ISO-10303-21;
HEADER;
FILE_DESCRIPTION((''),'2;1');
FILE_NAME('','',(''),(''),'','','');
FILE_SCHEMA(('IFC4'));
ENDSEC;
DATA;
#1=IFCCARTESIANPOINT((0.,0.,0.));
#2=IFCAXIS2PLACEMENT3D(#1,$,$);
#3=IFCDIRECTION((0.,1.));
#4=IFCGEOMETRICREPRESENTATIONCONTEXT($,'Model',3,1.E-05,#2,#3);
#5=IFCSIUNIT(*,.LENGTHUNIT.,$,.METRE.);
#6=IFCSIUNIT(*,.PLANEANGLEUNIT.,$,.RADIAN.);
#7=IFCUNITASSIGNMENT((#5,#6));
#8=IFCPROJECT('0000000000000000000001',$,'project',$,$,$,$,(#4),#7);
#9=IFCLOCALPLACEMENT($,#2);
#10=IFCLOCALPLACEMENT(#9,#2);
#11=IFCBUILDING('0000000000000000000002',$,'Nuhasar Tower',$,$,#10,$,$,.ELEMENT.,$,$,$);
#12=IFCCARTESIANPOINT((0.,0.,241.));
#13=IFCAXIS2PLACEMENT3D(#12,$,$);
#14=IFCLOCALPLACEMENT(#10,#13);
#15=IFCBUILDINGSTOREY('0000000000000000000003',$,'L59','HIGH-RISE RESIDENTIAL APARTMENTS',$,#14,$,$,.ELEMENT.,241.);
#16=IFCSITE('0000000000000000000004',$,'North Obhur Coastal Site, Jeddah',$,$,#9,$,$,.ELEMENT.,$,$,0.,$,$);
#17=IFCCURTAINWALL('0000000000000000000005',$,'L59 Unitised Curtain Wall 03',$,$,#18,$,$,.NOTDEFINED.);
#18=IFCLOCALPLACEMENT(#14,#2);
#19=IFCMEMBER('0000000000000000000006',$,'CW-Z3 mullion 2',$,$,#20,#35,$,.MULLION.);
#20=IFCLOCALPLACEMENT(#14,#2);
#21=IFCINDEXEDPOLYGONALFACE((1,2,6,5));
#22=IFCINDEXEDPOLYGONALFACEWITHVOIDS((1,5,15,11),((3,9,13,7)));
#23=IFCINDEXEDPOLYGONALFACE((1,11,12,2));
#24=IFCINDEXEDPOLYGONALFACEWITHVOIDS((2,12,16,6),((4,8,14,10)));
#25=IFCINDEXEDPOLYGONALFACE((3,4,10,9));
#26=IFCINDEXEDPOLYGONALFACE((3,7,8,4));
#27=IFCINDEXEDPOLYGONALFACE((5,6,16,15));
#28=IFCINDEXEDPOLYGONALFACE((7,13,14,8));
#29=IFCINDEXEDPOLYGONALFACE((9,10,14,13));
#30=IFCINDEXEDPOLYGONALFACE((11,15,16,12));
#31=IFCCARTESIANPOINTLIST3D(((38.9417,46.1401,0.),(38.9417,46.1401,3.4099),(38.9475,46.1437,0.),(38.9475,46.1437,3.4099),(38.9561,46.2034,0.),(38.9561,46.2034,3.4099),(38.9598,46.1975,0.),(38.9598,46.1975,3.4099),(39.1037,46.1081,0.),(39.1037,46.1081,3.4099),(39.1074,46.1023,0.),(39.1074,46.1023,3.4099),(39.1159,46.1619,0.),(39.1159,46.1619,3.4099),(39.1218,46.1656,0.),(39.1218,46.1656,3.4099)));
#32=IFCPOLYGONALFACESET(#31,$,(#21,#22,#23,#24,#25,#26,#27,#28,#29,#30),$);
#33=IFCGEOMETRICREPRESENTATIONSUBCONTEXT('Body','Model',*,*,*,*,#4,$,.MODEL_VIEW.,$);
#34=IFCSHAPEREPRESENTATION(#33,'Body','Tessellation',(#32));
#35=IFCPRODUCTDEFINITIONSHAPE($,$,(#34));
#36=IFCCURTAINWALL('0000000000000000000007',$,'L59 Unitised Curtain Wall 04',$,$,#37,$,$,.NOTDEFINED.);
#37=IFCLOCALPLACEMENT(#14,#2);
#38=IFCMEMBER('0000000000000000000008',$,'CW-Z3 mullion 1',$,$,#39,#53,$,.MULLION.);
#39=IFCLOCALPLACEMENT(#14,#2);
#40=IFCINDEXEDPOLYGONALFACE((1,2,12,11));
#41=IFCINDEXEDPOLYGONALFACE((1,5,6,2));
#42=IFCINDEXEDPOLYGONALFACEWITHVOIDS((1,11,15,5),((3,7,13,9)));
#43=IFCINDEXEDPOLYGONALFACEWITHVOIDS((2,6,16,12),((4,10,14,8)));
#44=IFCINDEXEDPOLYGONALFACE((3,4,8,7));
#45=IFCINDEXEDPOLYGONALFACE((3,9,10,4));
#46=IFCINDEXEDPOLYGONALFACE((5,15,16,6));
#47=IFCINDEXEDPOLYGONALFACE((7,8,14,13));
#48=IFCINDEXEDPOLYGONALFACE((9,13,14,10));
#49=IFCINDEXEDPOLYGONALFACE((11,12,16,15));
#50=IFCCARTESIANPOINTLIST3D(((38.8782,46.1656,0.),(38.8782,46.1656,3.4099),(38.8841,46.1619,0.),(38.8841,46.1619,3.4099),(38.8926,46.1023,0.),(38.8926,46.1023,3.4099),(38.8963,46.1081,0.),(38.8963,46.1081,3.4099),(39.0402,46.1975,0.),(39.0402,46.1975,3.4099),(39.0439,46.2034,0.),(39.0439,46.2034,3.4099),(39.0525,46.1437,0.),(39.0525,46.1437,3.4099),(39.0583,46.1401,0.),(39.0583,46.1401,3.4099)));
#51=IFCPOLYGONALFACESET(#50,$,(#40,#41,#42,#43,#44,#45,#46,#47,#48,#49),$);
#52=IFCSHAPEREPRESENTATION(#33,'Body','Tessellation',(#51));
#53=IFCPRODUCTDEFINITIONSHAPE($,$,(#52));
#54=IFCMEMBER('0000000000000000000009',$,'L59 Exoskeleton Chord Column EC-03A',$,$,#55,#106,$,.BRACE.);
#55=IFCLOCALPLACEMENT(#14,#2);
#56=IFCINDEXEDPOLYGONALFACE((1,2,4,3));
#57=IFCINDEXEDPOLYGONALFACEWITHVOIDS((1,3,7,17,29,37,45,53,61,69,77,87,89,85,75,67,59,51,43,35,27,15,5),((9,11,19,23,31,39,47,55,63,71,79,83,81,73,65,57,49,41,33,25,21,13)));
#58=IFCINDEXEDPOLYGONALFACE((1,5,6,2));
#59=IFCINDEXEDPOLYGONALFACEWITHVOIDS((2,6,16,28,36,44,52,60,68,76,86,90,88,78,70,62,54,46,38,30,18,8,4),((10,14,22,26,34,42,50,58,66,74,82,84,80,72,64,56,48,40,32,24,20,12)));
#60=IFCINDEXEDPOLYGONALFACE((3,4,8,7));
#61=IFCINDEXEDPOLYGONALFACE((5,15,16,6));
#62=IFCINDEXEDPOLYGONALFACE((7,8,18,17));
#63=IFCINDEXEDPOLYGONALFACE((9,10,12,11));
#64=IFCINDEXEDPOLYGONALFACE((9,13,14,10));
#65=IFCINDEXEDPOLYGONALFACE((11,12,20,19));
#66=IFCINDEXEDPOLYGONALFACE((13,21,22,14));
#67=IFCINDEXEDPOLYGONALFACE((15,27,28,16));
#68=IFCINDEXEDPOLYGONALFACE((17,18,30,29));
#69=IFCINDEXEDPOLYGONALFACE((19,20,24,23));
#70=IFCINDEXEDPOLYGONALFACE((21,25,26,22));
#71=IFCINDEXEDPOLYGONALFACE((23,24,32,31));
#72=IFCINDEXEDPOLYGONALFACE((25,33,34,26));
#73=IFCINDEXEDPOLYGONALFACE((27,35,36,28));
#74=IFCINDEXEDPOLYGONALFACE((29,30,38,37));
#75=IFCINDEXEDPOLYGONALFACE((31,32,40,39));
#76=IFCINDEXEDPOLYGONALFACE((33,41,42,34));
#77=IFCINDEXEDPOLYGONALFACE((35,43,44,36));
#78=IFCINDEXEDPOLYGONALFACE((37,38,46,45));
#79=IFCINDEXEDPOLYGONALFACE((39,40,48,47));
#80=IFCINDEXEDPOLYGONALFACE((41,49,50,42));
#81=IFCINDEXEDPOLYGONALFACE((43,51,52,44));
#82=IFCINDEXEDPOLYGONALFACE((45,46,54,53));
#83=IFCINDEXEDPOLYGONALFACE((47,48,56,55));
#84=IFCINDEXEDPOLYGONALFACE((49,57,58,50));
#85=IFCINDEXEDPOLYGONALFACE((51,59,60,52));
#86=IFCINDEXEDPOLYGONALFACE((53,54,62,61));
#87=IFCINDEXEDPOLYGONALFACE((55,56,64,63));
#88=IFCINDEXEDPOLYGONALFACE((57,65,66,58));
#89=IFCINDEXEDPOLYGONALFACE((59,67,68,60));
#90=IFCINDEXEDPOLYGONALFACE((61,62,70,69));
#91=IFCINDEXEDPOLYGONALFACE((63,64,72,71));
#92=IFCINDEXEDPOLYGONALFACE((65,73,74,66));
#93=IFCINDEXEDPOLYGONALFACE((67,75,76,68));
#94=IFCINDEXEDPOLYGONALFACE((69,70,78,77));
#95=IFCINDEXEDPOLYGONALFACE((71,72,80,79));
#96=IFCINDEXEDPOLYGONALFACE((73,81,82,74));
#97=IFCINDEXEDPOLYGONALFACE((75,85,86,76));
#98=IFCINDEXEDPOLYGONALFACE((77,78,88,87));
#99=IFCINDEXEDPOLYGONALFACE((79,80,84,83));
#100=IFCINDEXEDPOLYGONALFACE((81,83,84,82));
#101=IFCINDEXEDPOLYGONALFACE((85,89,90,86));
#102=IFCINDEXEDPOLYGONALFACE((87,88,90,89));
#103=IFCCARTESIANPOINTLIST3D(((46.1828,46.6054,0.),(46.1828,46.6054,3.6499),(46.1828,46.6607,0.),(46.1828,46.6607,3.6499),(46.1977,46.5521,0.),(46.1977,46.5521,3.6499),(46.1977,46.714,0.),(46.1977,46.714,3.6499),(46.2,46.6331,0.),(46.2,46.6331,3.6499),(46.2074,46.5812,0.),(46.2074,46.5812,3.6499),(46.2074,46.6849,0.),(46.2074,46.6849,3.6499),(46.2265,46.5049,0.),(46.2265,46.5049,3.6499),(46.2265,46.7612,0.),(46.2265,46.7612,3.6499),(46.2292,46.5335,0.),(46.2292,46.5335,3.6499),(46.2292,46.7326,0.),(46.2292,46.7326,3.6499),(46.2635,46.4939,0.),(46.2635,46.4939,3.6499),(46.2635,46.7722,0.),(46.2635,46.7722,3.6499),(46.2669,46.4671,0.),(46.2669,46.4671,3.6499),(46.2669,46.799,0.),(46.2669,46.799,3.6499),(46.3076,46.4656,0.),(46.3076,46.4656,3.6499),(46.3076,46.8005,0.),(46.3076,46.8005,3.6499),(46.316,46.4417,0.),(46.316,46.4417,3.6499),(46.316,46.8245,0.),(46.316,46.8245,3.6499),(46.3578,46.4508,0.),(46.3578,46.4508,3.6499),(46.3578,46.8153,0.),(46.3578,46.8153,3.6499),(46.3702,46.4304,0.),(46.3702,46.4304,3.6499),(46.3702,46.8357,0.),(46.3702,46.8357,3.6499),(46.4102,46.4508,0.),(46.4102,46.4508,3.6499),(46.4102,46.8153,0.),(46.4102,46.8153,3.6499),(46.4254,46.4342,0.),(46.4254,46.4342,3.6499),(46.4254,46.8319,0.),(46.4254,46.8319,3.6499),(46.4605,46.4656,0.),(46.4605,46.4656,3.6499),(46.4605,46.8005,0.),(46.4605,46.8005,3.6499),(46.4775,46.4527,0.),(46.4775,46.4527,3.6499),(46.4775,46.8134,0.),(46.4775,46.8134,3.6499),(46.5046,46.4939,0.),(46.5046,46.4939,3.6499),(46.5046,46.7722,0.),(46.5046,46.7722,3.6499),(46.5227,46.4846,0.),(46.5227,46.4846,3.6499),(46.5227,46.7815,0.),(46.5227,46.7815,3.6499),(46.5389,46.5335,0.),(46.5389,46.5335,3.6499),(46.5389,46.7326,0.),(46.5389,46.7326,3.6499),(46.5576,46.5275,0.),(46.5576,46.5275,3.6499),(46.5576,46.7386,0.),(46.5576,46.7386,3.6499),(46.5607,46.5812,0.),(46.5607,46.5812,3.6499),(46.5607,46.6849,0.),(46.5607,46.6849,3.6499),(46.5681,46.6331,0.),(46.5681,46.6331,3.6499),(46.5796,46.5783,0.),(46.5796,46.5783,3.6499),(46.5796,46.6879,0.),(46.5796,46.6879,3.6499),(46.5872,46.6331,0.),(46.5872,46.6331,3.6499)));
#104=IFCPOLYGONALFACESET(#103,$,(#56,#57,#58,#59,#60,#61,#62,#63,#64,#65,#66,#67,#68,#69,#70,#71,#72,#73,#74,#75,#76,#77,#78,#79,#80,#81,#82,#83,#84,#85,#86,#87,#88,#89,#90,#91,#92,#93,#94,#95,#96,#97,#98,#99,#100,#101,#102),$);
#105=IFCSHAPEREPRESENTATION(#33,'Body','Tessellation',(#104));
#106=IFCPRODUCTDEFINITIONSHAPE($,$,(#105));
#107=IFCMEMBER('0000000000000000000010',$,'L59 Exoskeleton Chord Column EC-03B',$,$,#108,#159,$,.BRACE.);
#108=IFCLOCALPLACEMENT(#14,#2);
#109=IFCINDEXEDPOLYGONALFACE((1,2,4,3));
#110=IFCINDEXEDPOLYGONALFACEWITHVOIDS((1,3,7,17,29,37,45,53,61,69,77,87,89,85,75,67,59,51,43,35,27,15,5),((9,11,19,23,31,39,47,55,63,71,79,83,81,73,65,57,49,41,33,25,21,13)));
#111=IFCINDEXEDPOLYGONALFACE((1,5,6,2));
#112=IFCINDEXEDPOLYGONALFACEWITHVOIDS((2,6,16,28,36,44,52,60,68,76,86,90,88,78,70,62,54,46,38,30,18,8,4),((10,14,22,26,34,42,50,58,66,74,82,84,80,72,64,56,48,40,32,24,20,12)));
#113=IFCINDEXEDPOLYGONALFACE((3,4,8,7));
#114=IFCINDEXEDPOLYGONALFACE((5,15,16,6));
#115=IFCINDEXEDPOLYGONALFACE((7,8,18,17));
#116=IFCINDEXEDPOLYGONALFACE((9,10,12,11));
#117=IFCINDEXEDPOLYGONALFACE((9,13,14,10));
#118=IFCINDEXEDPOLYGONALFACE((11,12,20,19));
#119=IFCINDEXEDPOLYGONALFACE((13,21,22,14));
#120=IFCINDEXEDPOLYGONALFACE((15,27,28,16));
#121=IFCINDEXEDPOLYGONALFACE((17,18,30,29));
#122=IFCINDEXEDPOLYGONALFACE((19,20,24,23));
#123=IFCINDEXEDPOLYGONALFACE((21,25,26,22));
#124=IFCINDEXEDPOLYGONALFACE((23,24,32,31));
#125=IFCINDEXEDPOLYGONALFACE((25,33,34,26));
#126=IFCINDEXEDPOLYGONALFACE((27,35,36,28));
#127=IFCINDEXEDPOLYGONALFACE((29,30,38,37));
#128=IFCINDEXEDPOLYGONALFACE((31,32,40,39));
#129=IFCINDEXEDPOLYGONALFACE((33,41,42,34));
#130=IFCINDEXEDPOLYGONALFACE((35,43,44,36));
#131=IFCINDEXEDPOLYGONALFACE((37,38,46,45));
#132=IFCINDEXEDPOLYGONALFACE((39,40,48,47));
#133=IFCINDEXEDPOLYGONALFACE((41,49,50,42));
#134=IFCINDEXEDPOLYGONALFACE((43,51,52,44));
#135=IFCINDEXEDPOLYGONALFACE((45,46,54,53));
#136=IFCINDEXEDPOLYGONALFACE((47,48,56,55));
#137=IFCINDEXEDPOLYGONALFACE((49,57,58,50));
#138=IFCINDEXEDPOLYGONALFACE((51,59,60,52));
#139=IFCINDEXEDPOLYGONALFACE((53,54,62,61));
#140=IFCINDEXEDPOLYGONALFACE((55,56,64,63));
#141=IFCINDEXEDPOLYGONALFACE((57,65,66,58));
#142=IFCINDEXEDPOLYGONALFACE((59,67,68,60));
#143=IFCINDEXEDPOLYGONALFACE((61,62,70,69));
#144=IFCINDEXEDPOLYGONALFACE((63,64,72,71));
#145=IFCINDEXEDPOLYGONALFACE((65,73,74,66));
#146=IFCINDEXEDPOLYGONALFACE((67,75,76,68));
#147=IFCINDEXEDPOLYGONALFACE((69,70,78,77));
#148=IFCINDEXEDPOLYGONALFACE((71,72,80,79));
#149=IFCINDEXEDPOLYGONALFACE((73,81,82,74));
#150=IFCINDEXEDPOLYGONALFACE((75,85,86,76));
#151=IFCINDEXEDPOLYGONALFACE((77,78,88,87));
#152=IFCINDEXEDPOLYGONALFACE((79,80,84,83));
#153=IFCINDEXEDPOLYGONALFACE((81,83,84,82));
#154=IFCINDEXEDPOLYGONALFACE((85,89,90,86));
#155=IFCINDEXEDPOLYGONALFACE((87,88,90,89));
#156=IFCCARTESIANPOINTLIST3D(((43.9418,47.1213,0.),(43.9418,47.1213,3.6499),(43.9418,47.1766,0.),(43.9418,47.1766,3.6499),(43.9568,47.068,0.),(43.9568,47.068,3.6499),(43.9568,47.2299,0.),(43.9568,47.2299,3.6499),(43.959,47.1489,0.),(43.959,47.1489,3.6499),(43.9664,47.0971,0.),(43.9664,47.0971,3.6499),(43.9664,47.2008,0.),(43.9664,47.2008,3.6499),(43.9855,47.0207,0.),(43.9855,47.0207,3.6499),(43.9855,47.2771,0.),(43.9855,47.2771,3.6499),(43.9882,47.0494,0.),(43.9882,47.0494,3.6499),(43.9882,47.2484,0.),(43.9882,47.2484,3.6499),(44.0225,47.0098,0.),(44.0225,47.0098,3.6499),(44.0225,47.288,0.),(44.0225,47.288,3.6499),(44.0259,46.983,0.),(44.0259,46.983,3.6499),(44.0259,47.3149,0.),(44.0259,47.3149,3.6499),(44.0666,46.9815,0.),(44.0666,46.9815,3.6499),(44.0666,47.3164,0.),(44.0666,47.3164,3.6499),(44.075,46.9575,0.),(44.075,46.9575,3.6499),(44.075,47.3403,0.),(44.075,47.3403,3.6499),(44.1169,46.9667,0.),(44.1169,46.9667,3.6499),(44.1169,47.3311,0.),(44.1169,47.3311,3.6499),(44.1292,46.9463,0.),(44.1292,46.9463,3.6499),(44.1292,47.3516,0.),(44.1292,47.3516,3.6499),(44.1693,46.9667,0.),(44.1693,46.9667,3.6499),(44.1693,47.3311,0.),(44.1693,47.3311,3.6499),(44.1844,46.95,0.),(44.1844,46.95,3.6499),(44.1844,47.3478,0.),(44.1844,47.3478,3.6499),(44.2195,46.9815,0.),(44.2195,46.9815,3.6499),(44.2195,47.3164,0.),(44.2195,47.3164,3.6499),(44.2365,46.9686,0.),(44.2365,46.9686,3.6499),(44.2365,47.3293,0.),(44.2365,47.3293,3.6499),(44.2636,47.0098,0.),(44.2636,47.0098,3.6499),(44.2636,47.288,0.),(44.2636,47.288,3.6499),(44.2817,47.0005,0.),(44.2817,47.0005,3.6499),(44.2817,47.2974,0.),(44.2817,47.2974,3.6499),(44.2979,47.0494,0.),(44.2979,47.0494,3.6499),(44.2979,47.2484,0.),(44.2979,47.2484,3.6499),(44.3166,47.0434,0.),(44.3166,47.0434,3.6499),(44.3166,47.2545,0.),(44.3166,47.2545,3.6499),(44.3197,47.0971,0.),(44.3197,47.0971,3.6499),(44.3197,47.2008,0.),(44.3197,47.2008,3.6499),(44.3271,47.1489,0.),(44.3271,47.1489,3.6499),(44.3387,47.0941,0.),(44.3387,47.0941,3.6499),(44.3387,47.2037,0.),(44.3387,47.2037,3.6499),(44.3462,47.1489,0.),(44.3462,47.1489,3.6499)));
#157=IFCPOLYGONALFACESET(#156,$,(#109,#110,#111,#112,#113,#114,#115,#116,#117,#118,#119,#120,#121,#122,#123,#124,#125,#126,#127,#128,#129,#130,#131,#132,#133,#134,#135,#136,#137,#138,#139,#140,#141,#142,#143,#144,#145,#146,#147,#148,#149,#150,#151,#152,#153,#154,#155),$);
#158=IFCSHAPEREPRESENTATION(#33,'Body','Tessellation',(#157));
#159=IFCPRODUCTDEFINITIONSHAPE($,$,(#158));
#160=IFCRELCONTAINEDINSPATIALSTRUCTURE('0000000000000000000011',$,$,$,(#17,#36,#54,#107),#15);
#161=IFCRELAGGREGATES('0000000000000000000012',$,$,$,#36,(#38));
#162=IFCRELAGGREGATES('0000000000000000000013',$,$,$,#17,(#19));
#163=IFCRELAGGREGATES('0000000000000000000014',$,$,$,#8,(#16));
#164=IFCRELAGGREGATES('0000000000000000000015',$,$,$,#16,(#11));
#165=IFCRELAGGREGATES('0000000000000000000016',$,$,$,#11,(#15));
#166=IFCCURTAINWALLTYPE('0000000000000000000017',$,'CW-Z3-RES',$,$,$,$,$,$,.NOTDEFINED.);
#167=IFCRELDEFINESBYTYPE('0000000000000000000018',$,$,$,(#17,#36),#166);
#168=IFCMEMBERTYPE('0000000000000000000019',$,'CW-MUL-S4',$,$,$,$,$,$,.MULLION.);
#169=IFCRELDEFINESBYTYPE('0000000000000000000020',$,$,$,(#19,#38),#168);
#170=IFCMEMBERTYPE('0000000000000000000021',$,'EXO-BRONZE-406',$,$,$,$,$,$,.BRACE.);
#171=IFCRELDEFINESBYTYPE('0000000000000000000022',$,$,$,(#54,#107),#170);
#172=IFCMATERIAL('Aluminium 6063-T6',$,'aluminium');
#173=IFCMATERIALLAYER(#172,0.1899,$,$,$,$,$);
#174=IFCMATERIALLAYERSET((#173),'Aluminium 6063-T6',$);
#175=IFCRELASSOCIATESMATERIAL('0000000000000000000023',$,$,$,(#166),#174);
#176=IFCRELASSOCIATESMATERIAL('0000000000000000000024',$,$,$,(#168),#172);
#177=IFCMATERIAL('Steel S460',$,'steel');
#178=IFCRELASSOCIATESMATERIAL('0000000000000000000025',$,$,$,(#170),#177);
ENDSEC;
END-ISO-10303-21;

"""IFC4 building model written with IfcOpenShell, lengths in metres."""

from ifc_helpers import new_model, si_unit, direction, frame, origin, origin_2d, place, context, subcontext, project, spatial, hollow_rectangle, hollow_circle, extrude, material, layer, layer_set, material_profile, profile_set, type_object, element, aggregate, save


model = new_model("IFC4")

# Units and contexts
model_context = context("Model", 3, precision=1e-05, world=origin(), true_north=direction((0.0, 1.0)))
body_context = subcontext(model_context, "Body", "Model", "MODEL_VIEW")
ifc_project = project(units=[si_unit("LENGTHUNIT", "METRE"), si_unit("PLANEANGLEUNIT", "RADIAN")], contexts=[model_context])

# Site, building, storey
site_placement = place(None, origin())
site = spatial("IfcSite", under=ifc_project, at=site_placement, Name="North Obhur Coastal Site, Jeddah", CompositionType="ELEMENT", RefElevation=0.0)
building_placement = place(site_placement, origin())
building = spatial("IfcBuilding", under=site, at=building_placement, Name="Nuhasar Tower", CompositionType="ELEMENT")
storey_placement = place(building_placement, frame((0.0, 0.0, 241.0)))
storey = spatial("IfcBuildingStorey", under=building, at=storey_placement, Name="L59", Description="HIGH-RISE RESIDENTIAL APARTMENTS", CompositionType="ELEMENT", Elevation=241.0)

# Curtain walls, members
ifc_material_1 = material(Name="Aluminium 6063-T6", Category="aluminium")
ifc_layer_1 = layer(ifc_material_1, 0.1899)
ifc_layer_set_1 = layer_set([ifc_layer_1], Name="Aluminium 6063-T6")
curtain_wall_type = type_object("IfcCurtainWallType", Name="CW-Z3-RES", PredefinedType="NOTDEFINED", material=ifc_layer_set_1)
curtain_wall_1_placement = place(storey_placement, origin())
curtain_wall_1 = element("IfcCurtainWall", 1, at=curtain_wall_1_placement, inside=storey, type_object=curtain_wall_type, Name="L59 Unitised Curtain Wall 03", PredefinedType="NOTDEFINED")
ifc_material_profile_1 = material_profile(ifc_material_1, hollow_rectangle(XDim=0.0649, YDim=0.1699, WallThickness=0.0049, at=origin_2d()), Name="CWM-4")
ifc_profile_set_1 = profile_set([ifc_material_profile_1], Name="Aluminium 6063-T6")
member_type_1 = type_object("IfcMemberType", Name="CW-MUL-S4", PredefinedType="MULLION", material=ifc_profile_set_1)
member_1_placement = place(storey_placement, frame((39.0317, 46.1528, 0.0), z_axis=(0.0, 0.0, 1.0), x_axis=(-0.222243, -0.974991, 0.0)))
member_1 = element("IfcMember", 2, at=member_1_placement, type_object=member_type_1, Name="CW-Z3 mullion 2", PredefinedType="MULLION", context=body_context, shape_type="SweptSolid", body=[
    extrude(hollow_rectangle(XDim=0.0649, YDim=0.1699, WallThickness=0.0049, at=origin_2d()), origin(), (0.0, 0.0, 1.0), 3.4099),
])
curtain_wall_2_placement = place(storey_placement, origin())
curtain_wall_2 = element("IfcCurtainWall", 3, at=curtain_wall_2_placement, inside=storey, type_object=curtain_wall_type, Name="L59 Unitised Curtain Wall 04", PredefinedType="NOTDEFINED")
member_2_placement = place(storey_placement, frame((38.9683, 46.1528, 0.0), z_axis=(0.0, 0.0, 1.0), x_axis=(0.222243, -0.974991, 0.0)))
member_2 = element("IfcMember", 4, at=member_2_placement, type_object=member_type_1, Name="CW-Z3 mullion 1", PredefinedType="MULLION", context=body_context, shape_type="SweptSolid", body=[
    extrude(hollow_rectangle(XDim=0.0649, YDim=0.1699, WallThickness=0.0049, at=origin_2d()), origin(), (0.0, 0.0, 1.0), 3.4099),
])
aggregate(curtain_wall_2, [member_2])

# Members
ifc_material_2 = material(Name="Steel S460", Category="steel")
ifc_material_profile_2 = material_profile(ifc_material_2, hollow_circle(Radius=0.2031, WallThickness=0.019, at=origin_2d()), Name="HSS406.4X19.1")
ifc_profile_set_2 = profile_set([ifc_material_profile_2], Name="Steel S460")
member_type_2 = type_object("IfcMemberType", Name="EXO-BRONZE-406", PredefinedType="BRACE", material=ifc_profile_set_2)
for number, where, z_axis, x_axis, name in (
    (5, (46.384, 46.6331, 0.0), (0.0, 0.0, 1.0), (1.0, 0.0, 0.0), "L59 Exoskeleton Chord Column EC-03A"),
    (6, (44.1431, 47.1489, 0.0), (0.0, 0.0, 1.0), (1.0, 0.0, 0.0), "L59 Exoskeleton Chord Column EC-03B"),
):
    element("IfcMember", number, at=place(storey_placement, frame(where, z_axis=z_axis, x_axis=x_axis)), inside=storey, type_object=member_type_2, Name=name, PredefinedType="BRACE", context=body_context, shape_type="SweptSolid", body=[
        extrude(hollow_circle(Radius=0.2031, WallThickness=0.019, at=origin_2d()), origin(), (0.0, 0.0, 1.0), 3.6499),
    ])

aggregate(curtain_wall_1, [member_1])

save(model, "model.ifc")
